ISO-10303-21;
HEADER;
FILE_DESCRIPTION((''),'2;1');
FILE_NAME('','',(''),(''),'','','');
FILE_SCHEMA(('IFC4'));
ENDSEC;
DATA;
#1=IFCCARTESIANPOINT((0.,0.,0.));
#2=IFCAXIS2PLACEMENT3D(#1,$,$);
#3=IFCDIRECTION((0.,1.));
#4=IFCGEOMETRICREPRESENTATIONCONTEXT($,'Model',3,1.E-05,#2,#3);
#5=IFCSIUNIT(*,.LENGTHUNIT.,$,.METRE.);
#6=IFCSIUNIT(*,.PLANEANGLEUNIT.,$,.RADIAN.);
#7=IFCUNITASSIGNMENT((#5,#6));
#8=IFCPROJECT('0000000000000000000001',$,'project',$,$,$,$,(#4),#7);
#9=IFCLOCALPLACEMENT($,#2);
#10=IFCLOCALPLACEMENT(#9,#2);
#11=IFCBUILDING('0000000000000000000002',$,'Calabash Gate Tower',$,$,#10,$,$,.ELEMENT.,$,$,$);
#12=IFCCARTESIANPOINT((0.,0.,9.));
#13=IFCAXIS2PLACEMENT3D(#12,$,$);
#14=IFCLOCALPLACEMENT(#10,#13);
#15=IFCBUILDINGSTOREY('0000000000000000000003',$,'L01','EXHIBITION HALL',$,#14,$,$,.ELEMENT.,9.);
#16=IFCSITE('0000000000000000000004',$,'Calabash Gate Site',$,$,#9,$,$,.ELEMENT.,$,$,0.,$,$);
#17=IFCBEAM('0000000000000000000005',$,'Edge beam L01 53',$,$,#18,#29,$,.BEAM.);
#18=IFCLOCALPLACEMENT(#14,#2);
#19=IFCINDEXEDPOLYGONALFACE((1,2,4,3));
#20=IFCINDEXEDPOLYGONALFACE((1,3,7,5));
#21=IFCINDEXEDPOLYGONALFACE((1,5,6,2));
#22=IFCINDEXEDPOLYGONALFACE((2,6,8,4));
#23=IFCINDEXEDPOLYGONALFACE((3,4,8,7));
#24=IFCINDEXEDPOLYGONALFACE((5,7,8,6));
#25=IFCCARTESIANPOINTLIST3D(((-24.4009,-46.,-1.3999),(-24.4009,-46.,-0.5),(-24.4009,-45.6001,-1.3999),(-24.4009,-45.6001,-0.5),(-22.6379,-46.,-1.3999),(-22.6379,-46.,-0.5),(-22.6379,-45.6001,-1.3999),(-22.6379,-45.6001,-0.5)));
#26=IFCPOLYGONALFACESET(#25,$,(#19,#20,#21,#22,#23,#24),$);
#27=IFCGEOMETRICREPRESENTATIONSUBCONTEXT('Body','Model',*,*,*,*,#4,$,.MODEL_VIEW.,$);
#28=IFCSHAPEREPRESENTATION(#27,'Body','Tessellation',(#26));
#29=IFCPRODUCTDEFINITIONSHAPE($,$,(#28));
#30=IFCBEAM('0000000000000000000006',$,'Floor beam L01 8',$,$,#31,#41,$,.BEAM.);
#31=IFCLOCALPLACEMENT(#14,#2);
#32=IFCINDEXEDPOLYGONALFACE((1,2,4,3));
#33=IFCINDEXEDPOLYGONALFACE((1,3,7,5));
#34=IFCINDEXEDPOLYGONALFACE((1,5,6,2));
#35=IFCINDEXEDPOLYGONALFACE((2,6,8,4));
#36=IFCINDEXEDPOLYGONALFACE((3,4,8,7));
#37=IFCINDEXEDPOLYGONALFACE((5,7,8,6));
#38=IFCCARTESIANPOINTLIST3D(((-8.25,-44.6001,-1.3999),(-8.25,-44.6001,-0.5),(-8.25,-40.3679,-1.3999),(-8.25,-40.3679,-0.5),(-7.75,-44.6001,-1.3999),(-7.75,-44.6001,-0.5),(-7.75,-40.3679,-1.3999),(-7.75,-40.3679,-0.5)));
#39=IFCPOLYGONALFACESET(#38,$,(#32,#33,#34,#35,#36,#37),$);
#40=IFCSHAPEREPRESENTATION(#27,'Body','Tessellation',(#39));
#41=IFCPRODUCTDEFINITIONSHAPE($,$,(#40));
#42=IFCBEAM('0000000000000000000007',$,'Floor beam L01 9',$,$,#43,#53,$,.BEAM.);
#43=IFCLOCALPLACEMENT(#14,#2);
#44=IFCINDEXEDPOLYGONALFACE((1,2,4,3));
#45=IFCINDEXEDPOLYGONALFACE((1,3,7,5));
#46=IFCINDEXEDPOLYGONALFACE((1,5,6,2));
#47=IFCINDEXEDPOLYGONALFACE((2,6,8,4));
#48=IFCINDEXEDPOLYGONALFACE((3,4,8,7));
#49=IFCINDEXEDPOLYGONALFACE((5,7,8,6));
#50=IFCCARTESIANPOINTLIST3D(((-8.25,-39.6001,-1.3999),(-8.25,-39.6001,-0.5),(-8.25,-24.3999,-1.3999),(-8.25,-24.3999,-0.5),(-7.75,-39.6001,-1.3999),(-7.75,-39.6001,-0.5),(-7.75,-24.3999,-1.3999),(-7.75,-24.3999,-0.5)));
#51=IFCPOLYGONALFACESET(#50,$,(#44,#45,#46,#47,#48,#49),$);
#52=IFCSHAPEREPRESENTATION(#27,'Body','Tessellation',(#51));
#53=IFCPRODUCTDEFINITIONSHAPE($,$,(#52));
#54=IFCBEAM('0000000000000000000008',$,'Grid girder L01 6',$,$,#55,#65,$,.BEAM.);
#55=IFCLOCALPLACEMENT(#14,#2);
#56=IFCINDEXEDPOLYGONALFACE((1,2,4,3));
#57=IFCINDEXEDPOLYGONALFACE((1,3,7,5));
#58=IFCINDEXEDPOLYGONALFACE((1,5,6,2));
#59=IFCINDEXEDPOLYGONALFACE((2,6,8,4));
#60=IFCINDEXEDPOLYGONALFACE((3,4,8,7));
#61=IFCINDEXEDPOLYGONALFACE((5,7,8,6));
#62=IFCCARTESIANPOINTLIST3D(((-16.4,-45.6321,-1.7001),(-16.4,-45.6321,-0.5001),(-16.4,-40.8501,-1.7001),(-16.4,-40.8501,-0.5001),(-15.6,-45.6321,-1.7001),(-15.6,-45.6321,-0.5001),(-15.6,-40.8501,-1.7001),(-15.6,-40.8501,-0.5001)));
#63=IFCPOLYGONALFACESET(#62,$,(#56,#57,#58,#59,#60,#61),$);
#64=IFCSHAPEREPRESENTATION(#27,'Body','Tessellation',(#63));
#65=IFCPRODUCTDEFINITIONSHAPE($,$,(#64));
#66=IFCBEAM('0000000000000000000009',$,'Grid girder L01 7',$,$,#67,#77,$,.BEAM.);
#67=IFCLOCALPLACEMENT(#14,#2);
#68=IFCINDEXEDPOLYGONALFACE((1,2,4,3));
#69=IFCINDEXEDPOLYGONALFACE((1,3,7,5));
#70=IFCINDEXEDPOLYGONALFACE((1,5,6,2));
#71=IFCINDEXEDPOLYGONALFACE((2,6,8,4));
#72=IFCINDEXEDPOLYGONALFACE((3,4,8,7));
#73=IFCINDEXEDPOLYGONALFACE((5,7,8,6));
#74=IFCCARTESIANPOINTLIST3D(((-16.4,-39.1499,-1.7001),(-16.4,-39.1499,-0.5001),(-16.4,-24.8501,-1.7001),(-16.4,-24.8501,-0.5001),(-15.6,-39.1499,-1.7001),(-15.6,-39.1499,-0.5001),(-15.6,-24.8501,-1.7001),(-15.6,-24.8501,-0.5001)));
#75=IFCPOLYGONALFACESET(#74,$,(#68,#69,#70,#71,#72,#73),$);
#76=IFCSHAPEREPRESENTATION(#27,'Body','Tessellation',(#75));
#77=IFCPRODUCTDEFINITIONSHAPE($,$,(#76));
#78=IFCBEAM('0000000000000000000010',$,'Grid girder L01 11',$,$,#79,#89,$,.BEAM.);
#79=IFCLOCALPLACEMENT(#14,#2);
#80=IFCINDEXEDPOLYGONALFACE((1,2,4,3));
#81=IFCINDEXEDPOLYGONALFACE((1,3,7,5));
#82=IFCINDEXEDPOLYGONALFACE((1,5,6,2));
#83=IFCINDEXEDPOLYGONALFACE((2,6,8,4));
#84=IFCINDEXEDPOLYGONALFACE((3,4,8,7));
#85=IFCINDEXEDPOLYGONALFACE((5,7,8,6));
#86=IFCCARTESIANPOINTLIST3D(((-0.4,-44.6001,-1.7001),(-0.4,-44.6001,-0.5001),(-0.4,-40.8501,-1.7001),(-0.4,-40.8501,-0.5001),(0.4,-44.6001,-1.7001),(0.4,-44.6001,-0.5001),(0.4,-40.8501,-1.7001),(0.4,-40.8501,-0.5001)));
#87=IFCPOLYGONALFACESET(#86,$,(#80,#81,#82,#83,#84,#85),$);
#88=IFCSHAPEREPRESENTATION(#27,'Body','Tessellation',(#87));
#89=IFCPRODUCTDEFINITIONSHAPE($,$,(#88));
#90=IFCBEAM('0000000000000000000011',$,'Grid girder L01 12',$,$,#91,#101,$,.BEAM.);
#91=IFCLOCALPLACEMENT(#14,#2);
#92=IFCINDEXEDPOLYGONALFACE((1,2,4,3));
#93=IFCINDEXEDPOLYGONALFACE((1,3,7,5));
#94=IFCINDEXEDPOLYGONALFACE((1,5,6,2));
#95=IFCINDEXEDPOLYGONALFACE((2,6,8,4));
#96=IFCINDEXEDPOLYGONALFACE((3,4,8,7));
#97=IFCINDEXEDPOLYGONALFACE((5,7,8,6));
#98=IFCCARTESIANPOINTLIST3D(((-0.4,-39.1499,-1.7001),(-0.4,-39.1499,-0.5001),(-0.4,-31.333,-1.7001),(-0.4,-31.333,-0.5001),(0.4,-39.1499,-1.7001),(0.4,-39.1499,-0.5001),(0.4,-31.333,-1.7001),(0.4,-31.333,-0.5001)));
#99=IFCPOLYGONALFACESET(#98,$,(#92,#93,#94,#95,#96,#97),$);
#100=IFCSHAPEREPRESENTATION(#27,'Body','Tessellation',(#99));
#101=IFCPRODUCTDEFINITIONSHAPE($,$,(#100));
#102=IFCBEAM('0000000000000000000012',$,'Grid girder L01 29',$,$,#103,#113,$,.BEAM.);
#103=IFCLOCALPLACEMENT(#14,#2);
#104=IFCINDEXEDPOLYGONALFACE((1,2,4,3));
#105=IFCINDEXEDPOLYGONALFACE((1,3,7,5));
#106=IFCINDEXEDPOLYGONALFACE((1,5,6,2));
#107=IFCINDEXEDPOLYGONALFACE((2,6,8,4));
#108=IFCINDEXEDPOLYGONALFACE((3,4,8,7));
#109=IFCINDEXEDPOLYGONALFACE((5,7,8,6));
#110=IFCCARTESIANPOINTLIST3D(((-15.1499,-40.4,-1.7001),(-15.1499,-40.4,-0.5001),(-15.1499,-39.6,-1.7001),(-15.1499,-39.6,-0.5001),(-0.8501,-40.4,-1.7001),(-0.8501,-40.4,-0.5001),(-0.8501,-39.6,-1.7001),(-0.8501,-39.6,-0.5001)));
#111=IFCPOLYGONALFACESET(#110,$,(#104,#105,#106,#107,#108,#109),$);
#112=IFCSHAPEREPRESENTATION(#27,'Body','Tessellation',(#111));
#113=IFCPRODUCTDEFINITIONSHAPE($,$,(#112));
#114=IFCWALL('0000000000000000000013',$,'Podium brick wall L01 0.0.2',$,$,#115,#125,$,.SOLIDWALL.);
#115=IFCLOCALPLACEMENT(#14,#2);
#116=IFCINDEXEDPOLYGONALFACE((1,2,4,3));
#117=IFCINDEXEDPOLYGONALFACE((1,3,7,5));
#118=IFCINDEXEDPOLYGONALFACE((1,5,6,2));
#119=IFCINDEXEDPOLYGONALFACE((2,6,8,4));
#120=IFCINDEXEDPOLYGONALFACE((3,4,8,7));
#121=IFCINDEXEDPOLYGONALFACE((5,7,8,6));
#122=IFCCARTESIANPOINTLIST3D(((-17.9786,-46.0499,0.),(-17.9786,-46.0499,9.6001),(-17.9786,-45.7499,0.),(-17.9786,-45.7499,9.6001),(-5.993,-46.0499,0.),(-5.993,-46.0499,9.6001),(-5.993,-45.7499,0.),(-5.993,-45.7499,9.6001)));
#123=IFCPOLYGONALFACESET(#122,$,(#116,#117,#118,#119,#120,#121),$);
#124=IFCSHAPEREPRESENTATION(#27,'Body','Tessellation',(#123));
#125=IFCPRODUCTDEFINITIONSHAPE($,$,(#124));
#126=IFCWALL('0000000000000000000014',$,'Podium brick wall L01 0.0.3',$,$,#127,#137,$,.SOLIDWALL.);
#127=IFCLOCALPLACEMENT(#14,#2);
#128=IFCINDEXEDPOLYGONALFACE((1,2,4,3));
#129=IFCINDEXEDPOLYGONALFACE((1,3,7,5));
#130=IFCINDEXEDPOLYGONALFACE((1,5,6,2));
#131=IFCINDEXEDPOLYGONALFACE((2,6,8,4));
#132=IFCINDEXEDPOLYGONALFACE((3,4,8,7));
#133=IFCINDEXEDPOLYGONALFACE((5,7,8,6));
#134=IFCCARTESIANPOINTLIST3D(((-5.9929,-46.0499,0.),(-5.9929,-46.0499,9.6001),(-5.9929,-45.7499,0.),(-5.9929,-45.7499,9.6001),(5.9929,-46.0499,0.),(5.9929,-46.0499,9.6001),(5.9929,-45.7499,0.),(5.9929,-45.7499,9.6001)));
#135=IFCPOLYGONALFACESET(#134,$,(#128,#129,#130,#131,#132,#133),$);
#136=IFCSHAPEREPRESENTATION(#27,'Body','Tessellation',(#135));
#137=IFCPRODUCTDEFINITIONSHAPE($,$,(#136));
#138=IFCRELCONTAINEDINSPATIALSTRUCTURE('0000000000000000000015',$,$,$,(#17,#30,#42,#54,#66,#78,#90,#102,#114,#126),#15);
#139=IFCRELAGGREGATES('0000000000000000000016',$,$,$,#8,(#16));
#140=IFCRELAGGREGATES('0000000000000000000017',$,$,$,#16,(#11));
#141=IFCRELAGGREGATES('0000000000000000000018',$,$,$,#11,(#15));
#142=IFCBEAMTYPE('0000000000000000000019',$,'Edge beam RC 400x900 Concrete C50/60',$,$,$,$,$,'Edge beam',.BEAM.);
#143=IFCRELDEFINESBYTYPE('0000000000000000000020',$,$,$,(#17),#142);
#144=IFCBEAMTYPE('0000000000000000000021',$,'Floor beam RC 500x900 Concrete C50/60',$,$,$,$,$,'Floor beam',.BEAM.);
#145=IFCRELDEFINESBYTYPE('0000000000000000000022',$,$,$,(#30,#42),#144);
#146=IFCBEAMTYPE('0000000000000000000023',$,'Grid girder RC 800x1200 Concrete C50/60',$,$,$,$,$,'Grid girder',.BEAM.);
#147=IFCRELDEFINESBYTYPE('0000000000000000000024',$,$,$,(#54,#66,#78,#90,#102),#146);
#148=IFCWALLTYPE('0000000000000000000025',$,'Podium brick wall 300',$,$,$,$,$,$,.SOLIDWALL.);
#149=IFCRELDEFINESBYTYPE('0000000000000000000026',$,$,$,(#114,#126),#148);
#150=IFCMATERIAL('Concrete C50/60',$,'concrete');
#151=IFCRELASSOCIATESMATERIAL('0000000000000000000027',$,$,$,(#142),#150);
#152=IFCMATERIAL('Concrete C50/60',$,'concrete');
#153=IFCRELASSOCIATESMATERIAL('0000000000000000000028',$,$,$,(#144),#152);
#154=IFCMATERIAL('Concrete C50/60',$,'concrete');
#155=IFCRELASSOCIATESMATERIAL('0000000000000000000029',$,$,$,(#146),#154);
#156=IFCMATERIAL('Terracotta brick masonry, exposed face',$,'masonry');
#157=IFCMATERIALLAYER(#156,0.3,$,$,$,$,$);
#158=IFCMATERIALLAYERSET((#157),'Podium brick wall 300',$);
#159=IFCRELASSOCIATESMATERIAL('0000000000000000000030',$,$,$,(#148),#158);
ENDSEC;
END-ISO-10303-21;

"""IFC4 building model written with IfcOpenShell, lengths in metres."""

from ifc_helpers import new_model, si_unit, direction, frame, frame_2d, origin, origin_2d, place, context, subcontext, project, spatial, rectangle, extrude, material, layer, layer_set, material_profile, profile_set, type_object, element, save


model = new_model("IFC4")

# Units and contexts
model_context = context("Model", 3, precision=1e-05, world=origin(), true_north=direction((0.0, 1.0)))
body_context = subcontext(model_context, "Body", "Model", "MODEL_VIEW")
ifc_project = project(units=[si_unit("LENGTHUNIT", "METRE"), si_unit("PLANEANGLEUNIT", "RADIAN")], contexts=[model_context])

# Site, building, storey
site_placement = place(None, origin())
site = spatial("IfcSite", under=ifc_project, at=site_placement, Name="Calabash Gate Site", CompositionType="ELEMENT", RefElevation=0.0)
building_placement = place(site_placement, origin())
building = spatial("IfcBuilding", under=site, at=building_placement, Name="Calabash Gate Tower", CompositionType="ELEMENT")
storey_placement = place(building_placement, frame((0.0, 0.0, 9.0)))
storey = spatial("IfcBuildingStorey", under=building, at=storey_placement, Name="L01", Description="EXHIBITION HALL", CompositionType="ELEMENT", Elevation=9.0)

# Beams
ifc_material_1 = material(Name="Concrete C50/60", Category="concrete")
ifc_material_profile_1 = material_profile(ifc_material_1, rectangle(XDim=0.3999, YDim=0.8999, at=origin_2d()))
ifc_profile_set_1 = profile_set([ifc_material_profile_1], Name="Concrete C50/60")
beam_type_1 = type_object("IfcBeamType", Name="Edge beam RC 400x900 Concrete C50/60", ElementType="Edge beam", PredefinedType="BEAM", material=ifc_profile_set_1)
beam_1_placement = place(storey_placement, frame((-22.6379, -45.8, -0.95), z_axis=(-1.0, 0.0, 0.0), x_axis=(0.0, -1.0, 0.0)))
element("IfcBeam", 1, at=beam_1_placement, inside=storey, type_object=beam_type_1, Name="Edge beam L01 53", PredefinedType="BEAM", context=body_context, shape_type="SweptSolid", body=[
    extrude(rectangle(XDim=0.3999, YDim=0.8999, at=origin_2d()), origin(), (0.0, 0.0, 1.0), 1.7629),
])
ifc_material_2 = material(Name="Concrete C50/60", Category="concrete")
ifc_material_profile_2 = material_profile(ifc_material_2, rectangle(XDim=0.5, YDim=0.8999, at=origin_2d()))
ifc_profile_set_2 = profile_set([ifc_material_profile_2], Name="Concrete C50/60")
beam_type_2 = type_object("IfcBeamType", Name="Floor beam RC 500x900 Concrete C50/60", ElementType="Floor beam", PredefinedType="BEAM", material=ifc_profile_set_2)
beam_2_placement = place(storey_placement, frame((-8.0, -44.6001, -0.95), z_axis=(0.0, 1.0, 0.0), x_axis=(-1.0, 0.0, 0.0)))
element("IfcBeam", 2, at=beam_2_placement, inside=storey, type_object=beam_type_2, Name="Floor beam L01 8", PredefinedType="BEAM", context=body_context, shape_type="SweptSolid", body=[
    extrude(rectangle(XDim=0.5, YDim=0.8999, at=origin_2d()), origin(), (0.0, 0.0, 1.0), 4.2322),
])
beam_3_placement = place(storey_placement, frame((-8.0, -39.6001, -0.95), z_axis=(0.0, 1.0, 0.0), x_axis=(-1.0, 0.0, 0.0)))
element("IfcBeam", 3, at=beam_3_placement, inside=storey, type_object=beam_type_2, Name="Floor beam L01 9", PredefinedType="BEAM", context=body_context, shape_type="SweptSolid", body=[
    extrude(rectangle(XDim=0.5, YDim=0.8999, at=origin_2d()), origin(), (0.0, 0.0, 1.0), 15.2002),
])
ifc_material_3 = material(Name="Concrete C50/60", Category="concrete")
ifc_material_profile_3 = material_profile(ifc_material_3, rectangle(XDim=0.8, YDim=1.2, at=origin_2d()))
ifc_profile_set_3 = profile_set([ifc_material_profile_3], Name="Concrete C50/60")
beam_type_3 = type_object("IfcBeamType", Name="Grid girder RC 800x1200 Concrete C50/60", ElementType="Grid girder", PredefinedType="BEAM", material=ifc_profile_set_3)
beam_4_placement = place(storey_placement, frame((-16.0, -45.6321, -1.1001), z_axis=(0.0, 1.0, 0.0), x_axis=(-1.0, 0.0, 0.0)))
element("IfcBeam", 4, at=beam_4_placement, inside=storey, type_object=beam_type_3, Name="Grid girder L01 6", PredefinedType="BEAM", context=body_context, shape_type="SweptSolid", body=[
    extrude(rectangle(XDim=0.8, YDim=1.2, at=origin_2d()), origin(), (0.0, 0.0, 1.0), 4.782),
])
beam_5_placement = place(storey_placement, frame((-16.0, -39.1499, -1.1001), z_axis=(0.0, 1.0, 0.0), x_axis=(-1.0, 0.0, 0.0)))
element("IfcBeam", 5, at=beam_5_placement, inside=storey, type_object=beam_type_3, Name="Grid girder L01 7", PredefinedType="BEAM", context=body_context, shape_type="SweptSolid", body=[
    extrude(rectangle(XDim=0.8, YDim=1.2, at=origin_2d()), origin(), (0.0, 0.0, 1.0), 14.2998),
])
beam_6_placement = place(storey_placement, frame((0.0, -44.6001, -1.1001), z_axis=(0.0, 1.0, 0.0), x_axis=(-1.0, 0.0, 0.0)))
element("IfcBeam", 6, at=beam_6_placement, inside=storey, type_object=beam_type_3, Name="Grid girder L01 11", PredefinedType="BEAM", context=body_context, shape_type="SweptSolid", body=[
    extrude(rectangle(XDim=0.8, YDim=1.2, at=origin_2d()), origin(), (0.0, 0.0, 1.0), 3.75),
])
beam_7_placement = place(storey_placement, frame((0.0, -39.1499, -1.1001), z_axis=(0.0, 1.0, 0.0), x_axis=(-1.0, 0.0, 0.0)))
element("IfcBeam", 7, at=beam_7_placement, inside=storey, type_object=beam_type_3, Name="Grid girder L01 12", PredefinedType="BEAM", context=body_context, shape_type="SweptSolid", body=[
    extrude(rectangle(XDim=0.8, YDim=1.2, at=origin_2d()), origin(), (0.0, 0.0, 1.0), 7.8169),
])
beam_8_placement = place(storey_placement, frame((-15.1499, -40.0, -1.1001), z_axis=(1.0, 0.0, 0.0), x_axis=(0.0, 1.0, 0.0)))
element("IfcBeam", 8, at=beam_8_placement, inside=storey, type_object=beam_type_3, Name="Grid girder L01 29", PredefinedType="BEAM", context=body_context, shape_type="SweptSolid", body=[
    extrude(rectangle(XDim=0.8, YDim=1.2, at=origin_2d()), origin(), (0.0, 0.0, 1.0), 14.2998),
])

# Walls
ifc_material_4 = material(Name="Terracotta brick masonry, exposed face", Category="masonry")
ifc_layer = layer(ifc_material_4, 0.3)
ifc_layer_set = layer_set([ifc_layer], Name="Podium brick wall 300")
wall_type = type_object("IfcWallType", Name="Podium brick wall 300", PredefinedType="SOLIDWALL", material=ifc_layer_set)
wall_1_placement = place(storey_placement, frame((-17.9785, -45.8999, 0.0), z_axis=(0.0, 0.0, 1.0), x_axis=(1.0, 0.0, 0.0)))
element("IfcWall", 9, at=wall_1_placement, inside=storey, type_object=wall_type, Name="Podium brick wall L01 0.0.2", PredefinedType="SOLIDWALL", context=body_context, shape_type="SweptSolid", body=[
    extrude(rectangle(XDim=11.9856, YDim=0.3, at=frame_2d((5.9927, 0.0))), origin(), (0.0, 0.0, 1.0), 9.6001),
])
wall_2_placement = place(storey_placement, frame((-5.9929, -45.8999, 0.0), z_axis=(0.0, 0.0, 1.0), x_axis=(1.0, 0.0, 0.0)))
element("IfcWall", 10, at=wall_2_placement, inside=storey, type_object=wall_type, Name="Podium brick wall L01 0.0.3", PredefinedType="SOLIDWALL", context=body_context, shape_type="SweptSolid", body=[
    extrude(rectangle(XDim=11.9858, YDim=0.3, at=frame_2d((5.9929, 0.0))), origin(), (0.0, 0.0, 1.0), 9.6001),
])

save(model, "model.ifc")
